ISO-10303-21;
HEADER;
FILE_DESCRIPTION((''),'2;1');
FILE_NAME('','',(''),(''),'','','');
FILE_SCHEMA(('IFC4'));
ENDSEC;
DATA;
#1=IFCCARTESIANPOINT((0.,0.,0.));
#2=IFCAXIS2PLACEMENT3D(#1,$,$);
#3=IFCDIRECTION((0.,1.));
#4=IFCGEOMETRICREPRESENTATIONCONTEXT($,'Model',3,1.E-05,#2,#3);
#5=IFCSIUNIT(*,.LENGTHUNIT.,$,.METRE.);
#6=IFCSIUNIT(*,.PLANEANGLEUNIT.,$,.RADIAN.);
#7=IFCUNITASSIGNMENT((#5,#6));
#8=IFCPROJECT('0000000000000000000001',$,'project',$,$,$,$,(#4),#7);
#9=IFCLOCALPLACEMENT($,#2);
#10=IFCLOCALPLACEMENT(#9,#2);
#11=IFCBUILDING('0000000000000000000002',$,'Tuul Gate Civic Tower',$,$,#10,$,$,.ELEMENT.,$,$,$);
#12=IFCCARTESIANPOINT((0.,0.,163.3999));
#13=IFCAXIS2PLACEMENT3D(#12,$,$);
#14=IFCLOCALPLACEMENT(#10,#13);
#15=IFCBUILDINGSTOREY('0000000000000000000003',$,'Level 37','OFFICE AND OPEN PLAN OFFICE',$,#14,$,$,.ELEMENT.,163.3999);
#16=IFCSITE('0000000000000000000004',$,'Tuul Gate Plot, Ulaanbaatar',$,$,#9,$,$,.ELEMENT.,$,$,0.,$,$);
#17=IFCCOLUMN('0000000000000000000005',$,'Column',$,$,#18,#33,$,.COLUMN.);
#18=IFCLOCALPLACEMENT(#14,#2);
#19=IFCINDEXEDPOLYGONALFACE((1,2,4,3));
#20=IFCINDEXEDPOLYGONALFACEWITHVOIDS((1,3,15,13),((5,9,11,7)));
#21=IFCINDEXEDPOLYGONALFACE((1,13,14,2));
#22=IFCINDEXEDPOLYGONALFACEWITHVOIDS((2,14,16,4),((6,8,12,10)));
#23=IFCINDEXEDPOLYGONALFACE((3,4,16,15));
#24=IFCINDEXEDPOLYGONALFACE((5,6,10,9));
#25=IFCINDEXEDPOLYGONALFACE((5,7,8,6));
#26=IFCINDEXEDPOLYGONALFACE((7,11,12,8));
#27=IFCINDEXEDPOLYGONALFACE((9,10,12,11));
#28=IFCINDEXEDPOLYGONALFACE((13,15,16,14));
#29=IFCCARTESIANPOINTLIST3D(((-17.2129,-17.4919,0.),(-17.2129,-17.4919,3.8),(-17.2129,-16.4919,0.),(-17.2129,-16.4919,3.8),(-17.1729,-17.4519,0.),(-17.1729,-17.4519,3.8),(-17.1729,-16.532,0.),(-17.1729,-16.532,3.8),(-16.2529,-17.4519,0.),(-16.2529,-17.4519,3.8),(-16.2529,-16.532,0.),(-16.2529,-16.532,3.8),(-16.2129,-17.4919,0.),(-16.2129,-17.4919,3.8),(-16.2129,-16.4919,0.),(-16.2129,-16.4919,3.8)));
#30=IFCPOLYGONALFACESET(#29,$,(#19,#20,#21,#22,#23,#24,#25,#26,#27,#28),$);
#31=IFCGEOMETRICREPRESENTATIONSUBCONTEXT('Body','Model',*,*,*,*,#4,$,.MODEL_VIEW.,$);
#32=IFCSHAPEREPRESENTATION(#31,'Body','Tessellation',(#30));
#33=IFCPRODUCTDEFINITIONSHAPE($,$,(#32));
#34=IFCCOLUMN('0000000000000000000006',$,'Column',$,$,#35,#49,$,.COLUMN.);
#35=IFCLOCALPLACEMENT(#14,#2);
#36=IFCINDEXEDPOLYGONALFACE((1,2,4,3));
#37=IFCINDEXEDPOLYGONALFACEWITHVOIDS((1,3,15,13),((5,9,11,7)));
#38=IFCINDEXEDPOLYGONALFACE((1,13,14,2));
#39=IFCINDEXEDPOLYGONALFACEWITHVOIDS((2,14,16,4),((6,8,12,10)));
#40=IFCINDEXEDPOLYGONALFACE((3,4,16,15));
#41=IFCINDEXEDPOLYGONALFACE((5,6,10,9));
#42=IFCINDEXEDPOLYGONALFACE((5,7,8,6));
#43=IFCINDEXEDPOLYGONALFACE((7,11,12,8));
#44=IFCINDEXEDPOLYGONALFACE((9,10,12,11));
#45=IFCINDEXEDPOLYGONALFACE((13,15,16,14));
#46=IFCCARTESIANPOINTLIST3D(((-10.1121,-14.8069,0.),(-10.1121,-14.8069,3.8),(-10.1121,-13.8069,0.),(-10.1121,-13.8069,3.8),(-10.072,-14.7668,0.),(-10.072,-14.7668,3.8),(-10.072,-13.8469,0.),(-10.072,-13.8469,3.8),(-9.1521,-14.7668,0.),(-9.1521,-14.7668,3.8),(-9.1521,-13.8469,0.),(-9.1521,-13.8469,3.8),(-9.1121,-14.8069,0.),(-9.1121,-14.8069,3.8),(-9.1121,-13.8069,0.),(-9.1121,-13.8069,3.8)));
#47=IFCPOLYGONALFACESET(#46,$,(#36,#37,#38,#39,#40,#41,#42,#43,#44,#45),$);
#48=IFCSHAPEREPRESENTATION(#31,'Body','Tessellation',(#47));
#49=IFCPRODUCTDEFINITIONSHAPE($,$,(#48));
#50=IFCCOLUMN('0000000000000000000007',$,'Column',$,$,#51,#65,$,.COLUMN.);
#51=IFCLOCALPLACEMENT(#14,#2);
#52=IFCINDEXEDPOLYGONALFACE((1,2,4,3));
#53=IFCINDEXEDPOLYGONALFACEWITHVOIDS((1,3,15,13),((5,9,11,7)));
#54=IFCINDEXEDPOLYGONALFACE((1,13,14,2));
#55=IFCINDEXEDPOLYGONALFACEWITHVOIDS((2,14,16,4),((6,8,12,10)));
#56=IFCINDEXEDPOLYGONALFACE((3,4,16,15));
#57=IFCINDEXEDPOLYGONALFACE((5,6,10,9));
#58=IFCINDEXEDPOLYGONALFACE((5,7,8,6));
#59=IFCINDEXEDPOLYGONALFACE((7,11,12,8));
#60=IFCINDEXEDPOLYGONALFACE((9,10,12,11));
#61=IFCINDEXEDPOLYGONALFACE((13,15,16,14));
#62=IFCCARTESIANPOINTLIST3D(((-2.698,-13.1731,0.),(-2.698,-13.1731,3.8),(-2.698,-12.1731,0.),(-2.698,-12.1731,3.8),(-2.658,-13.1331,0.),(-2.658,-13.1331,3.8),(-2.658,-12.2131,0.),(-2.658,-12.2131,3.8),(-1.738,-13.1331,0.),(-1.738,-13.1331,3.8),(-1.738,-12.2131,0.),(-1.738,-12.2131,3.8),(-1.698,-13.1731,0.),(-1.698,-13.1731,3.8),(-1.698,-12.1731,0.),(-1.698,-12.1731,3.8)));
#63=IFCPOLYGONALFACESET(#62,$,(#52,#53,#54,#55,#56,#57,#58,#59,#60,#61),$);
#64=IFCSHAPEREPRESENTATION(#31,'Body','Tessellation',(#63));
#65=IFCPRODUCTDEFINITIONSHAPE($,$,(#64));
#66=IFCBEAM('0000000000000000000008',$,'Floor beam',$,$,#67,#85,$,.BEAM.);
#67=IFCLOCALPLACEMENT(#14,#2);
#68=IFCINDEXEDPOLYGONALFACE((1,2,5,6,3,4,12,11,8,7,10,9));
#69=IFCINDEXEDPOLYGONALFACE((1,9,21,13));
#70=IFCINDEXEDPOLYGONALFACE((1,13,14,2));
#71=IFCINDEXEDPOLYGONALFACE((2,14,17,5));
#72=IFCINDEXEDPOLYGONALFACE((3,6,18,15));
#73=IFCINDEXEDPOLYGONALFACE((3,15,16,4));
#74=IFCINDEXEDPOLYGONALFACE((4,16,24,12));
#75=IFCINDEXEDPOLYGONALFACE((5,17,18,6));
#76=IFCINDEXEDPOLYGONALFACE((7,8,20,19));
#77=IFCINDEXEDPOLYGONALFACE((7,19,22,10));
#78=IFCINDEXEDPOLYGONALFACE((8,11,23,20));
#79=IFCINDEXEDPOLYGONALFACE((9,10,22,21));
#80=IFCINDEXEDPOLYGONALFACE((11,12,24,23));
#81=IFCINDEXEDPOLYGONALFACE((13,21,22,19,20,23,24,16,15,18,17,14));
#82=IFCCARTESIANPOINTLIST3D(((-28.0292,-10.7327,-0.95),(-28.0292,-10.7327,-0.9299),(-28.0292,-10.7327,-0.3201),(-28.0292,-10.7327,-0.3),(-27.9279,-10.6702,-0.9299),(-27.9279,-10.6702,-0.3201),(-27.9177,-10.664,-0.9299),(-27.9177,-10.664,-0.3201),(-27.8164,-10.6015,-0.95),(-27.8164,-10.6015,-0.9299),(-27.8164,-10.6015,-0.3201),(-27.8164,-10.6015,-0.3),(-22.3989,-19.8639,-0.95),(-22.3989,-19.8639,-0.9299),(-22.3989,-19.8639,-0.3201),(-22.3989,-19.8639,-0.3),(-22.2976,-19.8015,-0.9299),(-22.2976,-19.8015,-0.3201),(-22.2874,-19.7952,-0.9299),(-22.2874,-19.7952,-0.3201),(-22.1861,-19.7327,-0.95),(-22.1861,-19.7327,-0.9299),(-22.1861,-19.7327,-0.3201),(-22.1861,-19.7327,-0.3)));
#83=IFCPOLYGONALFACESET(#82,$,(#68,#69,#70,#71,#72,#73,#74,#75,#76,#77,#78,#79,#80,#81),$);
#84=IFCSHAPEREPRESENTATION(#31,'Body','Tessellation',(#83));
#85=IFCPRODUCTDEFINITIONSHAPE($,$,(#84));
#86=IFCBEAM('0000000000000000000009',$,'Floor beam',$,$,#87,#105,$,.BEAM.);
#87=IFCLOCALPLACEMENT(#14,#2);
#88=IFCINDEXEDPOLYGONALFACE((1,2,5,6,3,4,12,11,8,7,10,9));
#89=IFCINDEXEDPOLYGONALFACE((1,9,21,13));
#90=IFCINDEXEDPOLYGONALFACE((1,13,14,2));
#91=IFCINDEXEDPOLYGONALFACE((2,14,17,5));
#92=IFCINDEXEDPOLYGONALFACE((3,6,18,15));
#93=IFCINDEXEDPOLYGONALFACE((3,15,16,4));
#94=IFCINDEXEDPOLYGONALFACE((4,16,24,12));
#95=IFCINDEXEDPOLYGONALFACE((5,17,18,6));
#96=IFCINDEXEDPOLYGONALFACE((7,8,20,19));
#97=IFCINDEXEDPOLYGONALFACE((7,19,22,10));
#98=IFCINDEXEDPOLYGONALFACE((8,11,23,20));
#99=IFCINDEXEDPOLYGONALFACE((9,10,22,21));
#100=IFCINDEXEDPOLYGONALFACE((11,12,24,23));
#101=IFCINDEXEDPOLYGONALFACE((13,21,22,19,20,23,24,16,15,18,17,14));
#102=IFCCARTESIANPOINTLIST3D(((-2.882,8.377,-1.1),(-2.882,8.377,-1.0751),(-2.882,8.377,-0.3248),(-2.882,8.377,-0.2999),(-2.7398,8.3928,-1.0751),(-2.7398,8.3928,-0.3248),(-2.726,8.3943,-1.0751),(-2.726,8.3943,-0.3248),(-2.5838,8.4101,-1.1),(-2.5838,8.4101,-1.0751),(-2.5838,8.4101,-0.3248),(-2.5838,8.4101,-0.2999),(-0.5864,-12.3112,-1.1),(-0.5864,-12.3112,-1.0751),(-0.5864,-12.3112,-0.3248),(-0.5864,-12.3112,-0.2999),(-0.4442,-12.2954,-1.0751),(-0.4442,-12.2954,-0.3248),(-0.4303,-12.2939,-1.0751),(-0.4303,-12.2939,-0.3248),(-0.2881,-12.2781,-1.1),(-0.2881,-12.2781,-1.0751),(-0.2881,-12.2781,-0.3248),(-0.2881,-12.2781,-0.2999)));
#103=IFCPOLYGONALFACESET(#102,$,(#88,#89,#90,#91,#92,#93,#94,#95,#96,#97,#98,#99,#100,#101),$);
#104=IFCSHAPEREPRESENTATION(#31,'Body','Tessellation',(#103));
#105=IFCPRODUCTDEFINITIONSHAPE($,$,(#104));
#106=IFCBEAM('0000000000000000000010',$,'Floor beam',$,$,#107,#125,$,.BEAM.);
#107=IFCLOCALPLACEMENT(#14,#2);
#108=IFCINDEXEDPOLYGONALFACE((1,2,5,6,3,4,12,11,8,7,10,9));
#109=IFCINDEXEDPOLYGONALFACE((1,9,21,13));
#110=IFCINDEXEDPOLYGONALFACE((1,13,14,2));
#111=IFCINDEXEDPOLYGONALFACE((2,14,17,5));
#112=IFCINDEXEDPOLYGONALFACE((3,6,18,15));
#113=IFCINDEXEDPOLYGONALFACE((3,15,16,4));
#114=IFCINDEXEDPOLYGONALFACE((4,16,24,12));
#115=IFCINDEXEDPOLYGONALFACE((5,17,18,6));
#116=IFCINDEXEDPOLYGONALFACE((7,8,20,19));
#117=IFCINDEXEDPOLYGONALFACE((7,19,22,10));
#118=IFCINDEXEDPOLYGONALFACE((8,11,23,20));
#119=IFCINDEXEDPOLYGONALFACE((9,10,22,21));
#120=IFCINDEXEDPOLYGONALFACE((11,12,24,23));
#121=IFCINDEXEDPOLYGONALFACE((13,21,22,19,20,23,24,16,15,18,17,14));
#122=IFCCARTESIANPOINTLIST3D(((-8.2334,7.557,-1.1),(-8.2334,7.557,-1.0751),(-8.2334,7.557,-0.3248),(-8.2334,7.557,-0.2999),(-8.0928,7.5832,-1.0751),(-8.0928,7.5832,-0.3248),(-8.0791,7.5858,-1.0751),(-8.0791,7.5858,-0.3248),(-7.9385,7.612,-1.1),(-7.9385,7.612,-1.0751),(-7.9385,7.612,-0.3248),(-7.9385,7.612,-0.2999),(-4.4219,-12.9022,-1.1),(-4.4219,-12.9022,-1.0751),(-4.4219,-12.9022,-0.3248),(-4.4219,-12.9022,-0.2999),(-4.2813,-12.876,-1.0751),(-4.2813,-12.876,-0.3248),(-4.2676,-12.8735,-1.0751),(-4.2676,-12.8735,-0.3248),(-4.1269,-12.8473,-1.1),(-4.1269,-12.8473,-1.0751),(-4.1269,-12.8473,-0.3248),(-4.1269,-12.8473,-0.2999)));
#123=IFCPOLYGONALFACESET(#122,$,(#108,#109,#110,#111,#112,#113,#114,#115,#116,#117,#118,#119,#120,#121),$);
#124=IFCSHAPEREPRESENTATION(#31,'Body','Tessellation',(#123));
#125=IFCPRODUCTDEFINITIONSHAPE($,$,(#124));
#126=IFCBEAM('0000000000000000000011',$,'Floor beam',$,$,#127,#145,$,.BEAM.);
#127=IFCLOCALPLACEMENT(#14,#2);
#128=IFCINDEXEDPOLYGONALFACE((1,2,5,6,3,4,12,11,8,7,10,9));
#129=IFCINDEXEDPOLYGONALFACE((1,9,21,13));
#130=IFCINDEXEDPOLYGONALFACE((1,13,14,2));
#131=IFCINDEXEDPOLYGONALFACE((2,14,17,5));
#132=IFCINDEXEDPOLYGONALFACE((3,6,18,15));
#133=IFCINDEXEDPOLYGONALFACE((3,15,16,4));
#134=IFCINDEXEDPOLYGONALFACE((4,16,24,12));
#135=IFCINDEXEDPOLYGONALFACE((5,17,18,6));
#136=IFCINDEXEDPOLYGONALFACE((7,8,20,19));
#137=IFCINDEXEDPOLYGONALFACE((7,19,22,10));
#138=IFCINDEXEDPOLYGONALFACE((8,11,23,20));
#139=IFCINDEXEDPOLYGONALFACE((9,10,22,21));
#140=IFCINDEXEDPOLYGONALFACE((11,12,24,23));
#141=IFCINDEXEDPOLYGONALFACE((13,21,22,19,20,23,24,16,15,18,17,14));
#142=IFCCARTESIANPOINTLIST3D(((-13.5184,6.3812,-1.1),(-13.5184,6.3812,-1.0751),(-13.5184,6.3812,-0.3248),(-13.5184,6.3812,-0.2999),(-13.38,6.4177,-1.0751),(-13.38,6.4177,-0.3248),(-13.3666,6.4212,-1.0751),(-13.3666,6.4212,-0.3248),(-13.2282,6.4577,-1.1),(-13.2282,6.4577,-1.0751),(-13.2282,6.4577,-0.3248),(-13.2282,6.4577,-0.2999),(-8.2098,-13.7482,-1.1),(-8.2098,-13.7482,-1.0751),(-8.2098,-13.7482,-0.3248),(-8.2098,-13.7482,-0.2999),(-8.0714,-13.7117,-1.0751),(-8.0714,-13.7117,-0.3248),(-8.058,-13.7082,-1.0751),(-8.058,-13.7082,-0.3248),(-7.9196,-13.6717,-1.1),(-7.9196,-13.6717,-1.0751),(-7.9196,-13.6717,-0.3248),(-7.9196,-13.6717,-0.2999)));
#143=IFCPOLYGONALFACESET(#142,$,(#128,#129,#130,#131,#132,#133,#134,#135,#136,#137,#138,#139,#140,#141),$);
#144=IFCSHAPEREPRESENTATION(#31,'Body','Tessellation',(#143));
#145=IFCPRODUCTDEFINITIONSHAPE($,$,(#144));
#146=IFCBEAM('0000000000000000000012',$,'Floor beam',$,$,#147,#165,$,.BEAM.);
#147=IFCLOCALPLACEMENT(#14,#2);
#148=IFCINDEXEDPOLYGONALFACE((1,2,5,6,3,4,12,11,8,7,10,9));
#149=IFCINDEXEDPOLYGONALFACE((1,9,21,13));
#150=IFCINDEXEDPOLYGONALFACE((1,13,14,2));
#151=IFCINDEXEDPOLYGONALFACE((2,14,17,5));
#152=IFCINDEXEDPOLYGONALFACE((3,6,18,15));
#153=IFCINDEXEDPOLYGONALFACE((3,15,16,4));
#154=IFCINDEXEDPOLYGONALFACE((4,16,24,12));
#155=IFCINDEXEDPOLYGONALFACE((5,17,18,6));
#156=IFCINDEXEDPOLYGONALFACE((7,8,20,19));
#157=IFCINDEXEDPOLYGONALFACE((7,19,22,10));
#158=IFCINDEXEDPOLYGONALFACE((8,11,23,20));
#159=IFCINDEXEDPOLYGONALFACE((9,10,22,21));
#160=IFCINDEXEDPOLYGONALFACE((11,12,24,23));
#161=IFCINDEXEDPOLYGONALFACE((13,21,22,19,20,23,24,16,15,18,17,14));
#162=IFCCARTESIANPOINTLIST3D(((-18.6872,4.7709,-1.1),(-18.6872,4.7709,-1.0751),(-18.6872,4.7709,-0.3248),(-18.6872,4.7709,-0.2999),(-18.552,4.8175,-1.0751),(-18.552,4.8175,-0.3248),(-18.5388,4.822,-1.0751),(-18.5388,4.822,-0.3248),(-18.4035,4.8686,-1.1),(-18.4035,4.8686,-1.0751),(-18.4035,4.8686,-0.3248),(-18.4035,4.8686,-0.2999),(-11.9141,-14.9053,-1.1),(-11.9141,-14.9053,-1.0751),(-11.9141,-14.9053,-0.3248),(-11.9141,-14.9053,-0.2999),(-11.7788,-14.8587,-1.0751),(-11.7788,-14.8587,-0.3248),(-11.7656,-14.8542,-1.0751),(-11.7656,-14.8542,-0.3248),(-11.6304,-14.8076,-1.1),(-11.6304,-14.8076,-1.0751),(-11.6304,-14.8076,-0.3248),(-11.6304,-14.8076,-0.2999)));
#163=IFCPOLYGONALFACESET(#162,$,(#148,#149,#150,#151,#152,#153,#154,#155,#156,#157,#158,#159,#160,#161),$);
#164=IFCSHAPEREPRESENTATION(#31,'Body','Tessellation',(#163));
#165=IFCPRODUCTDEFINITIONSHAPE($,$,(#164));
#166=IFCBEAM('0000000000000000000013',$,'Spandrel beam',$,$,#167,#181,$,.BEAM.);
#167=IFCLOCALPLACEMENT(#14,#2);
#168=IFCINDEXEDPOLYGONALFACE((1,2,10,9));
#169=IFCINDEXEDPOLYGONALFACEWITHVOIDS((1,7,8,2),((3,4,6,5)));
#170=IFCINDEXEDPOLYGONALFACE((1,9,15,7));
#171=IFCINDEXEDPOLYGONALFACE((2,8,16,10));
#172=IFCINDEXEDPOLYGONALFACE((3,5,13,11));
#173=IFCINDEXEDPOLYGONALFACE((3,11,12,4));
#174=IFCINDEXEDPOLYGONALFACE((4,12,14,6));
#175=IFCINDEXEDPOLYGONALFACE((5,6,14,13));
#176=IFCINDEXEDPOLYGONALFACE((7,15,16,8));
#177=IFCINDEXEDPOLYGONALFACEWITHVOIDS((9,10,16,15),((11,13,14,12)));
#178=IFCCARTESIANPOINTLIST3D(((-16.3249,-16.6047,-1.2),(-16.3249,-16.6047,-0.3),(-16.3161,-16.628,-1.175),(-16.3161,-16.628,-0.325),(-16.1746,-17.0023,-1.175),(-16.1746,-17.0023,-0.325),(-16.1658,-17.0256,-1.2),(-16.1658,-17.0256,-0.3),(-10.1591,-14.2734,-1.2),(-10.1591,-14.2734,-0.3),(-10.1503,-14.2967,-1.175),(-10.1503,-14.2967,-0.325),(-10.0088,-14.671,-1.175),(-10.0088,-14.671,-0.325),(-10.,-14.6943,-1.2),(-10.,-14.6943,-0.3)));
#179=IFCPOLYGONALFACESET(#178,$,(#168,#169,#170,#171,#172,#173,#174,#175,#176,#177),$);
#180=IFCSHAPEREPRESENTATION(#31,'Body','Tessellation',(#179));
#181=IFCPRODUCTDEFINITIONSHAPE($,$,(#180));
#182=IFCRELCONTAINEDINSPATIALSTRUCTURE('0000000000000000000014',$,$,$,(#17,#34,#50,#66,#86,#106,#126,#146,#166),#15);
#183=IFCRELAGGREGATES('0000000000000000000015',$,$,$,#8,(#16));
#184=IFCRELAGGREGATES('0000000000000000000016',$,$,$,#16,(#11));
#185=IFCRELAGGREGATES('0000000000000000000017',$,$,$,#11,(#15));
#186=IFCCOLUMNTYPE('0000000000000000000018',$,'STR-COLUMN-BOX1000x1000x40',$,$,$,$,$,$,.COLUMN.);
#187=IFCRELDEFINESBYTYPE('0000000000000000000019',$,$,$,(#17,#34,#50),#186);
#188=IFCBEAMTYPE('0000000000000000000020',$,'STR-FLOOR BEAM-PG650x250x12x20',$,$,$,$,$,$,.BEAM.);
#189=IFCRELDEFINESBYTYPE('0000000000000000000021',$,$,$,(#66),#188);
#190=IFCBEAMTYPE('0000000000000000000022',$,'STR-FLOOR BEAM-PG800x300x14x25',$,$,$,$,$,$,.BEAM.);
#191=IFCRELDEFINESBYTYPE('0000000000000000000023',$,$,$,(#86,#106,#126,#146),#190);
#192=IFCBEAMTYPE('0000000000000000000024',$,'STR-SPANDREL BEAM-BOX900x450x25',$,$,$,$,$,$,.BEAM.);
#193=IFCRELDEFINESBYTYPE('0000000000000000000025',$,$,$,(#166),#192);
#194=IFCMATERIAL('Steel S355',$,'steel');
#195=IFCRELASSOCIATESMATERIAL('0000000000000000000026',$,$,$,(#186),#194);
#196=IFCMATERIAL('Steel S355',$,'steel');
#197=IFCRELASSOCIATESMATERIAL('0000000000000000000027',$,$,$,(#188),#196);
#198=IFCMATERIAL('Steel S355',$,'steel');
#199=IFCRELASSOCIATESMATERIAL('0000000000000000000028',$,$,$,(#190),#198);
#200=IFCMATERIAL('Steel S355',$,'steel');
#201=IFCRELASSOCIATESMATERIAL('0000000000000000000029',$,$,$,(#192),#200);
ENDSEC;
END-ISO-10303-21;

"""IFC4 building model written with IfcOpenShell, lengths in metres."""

from ifc_helpers import new_model, si_unit, direction, frame, origin, origin_2d, place, context, subcontext, project, spatial, hollow_rectangle, i_section, extrude, material, material_profile, profile_set, type_object, element, save


model = new_model("IFC4")

# Units and contexts
model_context = context("Model", 3, precision=1e-05, world=origin(), true_north=direction((0.0, 1.0)))
body_context = subcontext(model_context, "Body", "Model", "MODEL_VIEW")
ifc_project = project(units=[si_unit("LENGTHUNIT", "METRE"), si_unit("PLANEANGLEUNIT", "RADIAN")], contexts=[model_context])

# Site, building, storey
site_placement = place(None, origin())
site = spatial("IfcSite", under=ifc_project, at=site_placement, Name="Tuul Gate Plot, Ulaanbaatar", CompositionType="ELEMENT", RefElevation=0.0)
building_placement = place(site_placement, origin())
building = spatial("IfcBuilding", under=site, at=building_placement, Name="Tuul Gate Civic Tower", CompositionType="ELEMENT")
storey_placement = place(building_placement, frame((0.0, 0.0, 163.3999)))
storey = spatial("IfcBuildingStorey", under=building, at=storey_placement, Name="Level 37", Description="OFFICE AND OPEN PLAN OFFICE", CompositionType="ELEMENT", Elevation=163.3999)

# Columns
ifc_material_1 = material(Name="Steel S355", Category="steel")
ifc_material_profile_1 = material_profile(ifc_material_1, hollow_rectangle(XDim=1.0, YDim=1.0, WallThickness=0.04, at=origin_2d()), Name="BOX1000x1000x40")
ifc_profile_set_1 = profile_set([ifc_material_profile_1], Name="Steel S355")
column_type = type_object("IfcColumnType", Name="STR-COLUMN-BOX1000x1000x40", PredefinedType="COLUMN", material=ifc_profile_set_1)
for number, where, z_axis, x_axis, name in (
    (1, (-16.7129, -16.9919, 0.0), (0.0, 0.0, 1.0), (1.0, 0.0, 0.0), "Column"),
    (2, (-9.6121, -14.3069, 0.0), (0.0, 0.0, 1.0), (1.0, 0.0, 0.0), "Column"),
    (3, (-2.198, -12.6731, 0.0), (0.0, 0.0, 1.0), (1.0, 0.0, 0.0), "Column"),
):
    element("IfcColumn", number, at=place(storey_placement, frame(where, z_axis=z_axis, x_axis=x_axis)), inside=storey, type_object=column_type, Name=name, PredefinedType="COLUMN", context=body_context, shape_type="SweptSolid", body=[
        extrude(hollow_rectangle(XDim=1.0, YDim=1.0, WallThickness=0.04, at=origin_2d()), origin(), (0.0, 0.0, 1.0), 3.8),
    ])

# Beams
ifc_material_2 = material(Name="Steel S355", Category="steel")
ifc_material_profile_2 = material_profile(ifc_material_2, i_section(OverallWidth=0.25, OverallDepth=0.6499, WebThickness=0.012, FlangeThickness=0.02, at=origin_2d()), Name="PG650x250x12x20")
ifc_profile_set_2 = profile_set([ifc_material_profile_2], Name="Steel S355")
beam_type_1 = type_object("IfcBeamType", Name="STR-FLOOR BEAM-PG650x250x12x20", PredefinedType="BEAM", material=ifc_profile_set_2)
beam_1_placement = place(storey_placement, frame((-22.2925, -19.7983, -0.625), z_axis=(-0.524846, 0.851197, 0.0), x_axis=(-0.851197, -0.524846, 0.0)))
element("IfcBeam", 4, at=beam_1_placement, inside=storey, type_object=beam_type_1, Name="Floor beam", PredefinedType="BEAM", context=body_context, shape_type="SweptSolid", body=[
    extrude(i_section(OverallWidth=0.25, OverallDepth=0.6499, WebThickness=0.012, FlangeThickness=0.02, at=origin_2d()), origin(), (0.0, 0.0, 1.0), 10.7275),
])
ifc_material_3 = material(Name="Steel S355", Category="steel")
ifc_material_profile_3 = material_profile(ifc_material_3, i_section(OverallWidth=0.3, OverallDepth=0.8, WebThickness=0.0139, FlangeThickness=0.0249, at=origin_2d()), Name="PG800x300x14x25")
ifc_profile_set_3 = profile_set([ifc_material_profile_3], Name="Steel S355")
beam_type_2 = type_object("IfcBeamType", Name="STR-FLOOR BEAM-PG800x300x14x25", PredefinedType="BEAM", material=ifc_profile_set_3)
beam_2_placement = place(storey_placement, frame((-0.4373, -12.2947, -0.7), z_axis=(-0.110287, 0.9939, 0.0), x_axis=(-0.9939, -0.110287, 0.0)))
element("IfcBeam", 5, at=beam_2_placement, inside=storey, type_object=beam_type_2, Name="Floor beam", PredefinedType="BEAM", context=body_context, shape_type="SweptSolid", body=[
    extrude(i_section(OverallWidth=0.3, OverallDepth=0.8, WebThickness=0.0139, FlangeThickness=0.0249, at=origin_2d()), origin(), (0.0, 0.0, 1.0), 20.8152),
])
beam_3_placement = place(storey_placement, frame((-4.2744, -12.8748, -0.7), z_axis=(-0.183147, 0.983085, 0.0), x_axis=(-0.983085, -0.183147, 0.0)))
element("IfcBeam", 6, at=beam_3_placement, inside=storey, type_object=beam_type_2, Name="Floor beam", PredefinedType="BEAM", context=body_context, shape_type="SweptSolid", body=[
    extrude(i_section(OverallWidth=0.3, OverallDepth=0.8, WebThickness=0.0139, FlangeThickness=0.0249, at=origin_2d()), origin(), (0.0, 0.0, 1.0), 20.8113),
])
beam_4_placement = place(storey_placement, frame((-8.0647, -13.71, -0.7), z_axis=(-0.255005, 0.96694, 0.0), x_axis=(-0.96694, -0.255005, 0.0)))
element("IfcBeam", 7, at=beam_4_placement, inside=storey, type_object=beam_type_2, Name="Floor beam", PredefinedType="BEAM", context=body_context, shape_type="SweptSolid", body=[
    extrude(i_section(OverallWidth=0.3, OverallDepth=0.8, WebThickness=0.0139, FlangeThickness=0.0249, at=origin_2d()), origin(), (0.0, 0.0, 1.0), 20.8176),
])
beam_5_placement = place(storey_placement, frame((-11.7722, -14.8564, -0.7), z_axis=(-0.325487, 0.945547, 0.0), x_axis=(-0.945547, -0.325487, 0.0)))
element("IfcBeam", 8, at=beam_5_placement, inside=storey, type_object=beam_type_2, Name="Floor beam", PredefinedType="BEAM", context=body_context, shape_type="SweptSolid", body=[
    extrude(i_section(OverallWidth=0.3, OverallDepth=0.8, WebThickness=0.0139, FlangeThickness=0.0249, at=origin_2d()), origin(), (0.0, 0.0, 1.0), 20.8093),
])
ifc_material_4 = material(Name="Steel S355", Category="steel")
ifc_material_profile_4 = material_profile(ifc_material_4, hollow_rectangle(XDim=0.45, YDim=0.8999, WallThickness=0.0249, at=origin_2d()), Name="BOX900x450x25")
ifc_profile_set_4 = profile_set([ifc_material_profile_4], Name="Steel S355")
beam_type_3 = type_object("IfcBeamType", Name="STR-SPANDREL BEAM-BOX900x450x25", PredefinedType="BEAM", material=ifc_profile_set_4)
beam_6_placement = place(storey_placement, frame((-16.2454, -16.8152, -0.75), z_axis=(0.935371, 0.353667, 0.0), x_axis=(-0.353667, 0.935371, 0.0)))
element("IfcBeam", 9, at=beam_6_placement, inside=storey, type_object=beam_type_3, Name="Spandrel beam", PredefinedType="BEAM", context=body_context, shape_type="SweptSolid", body=[
    extrude(hollow_rectangle(XDim=0.45, YDim=0.8999, WallThickness=0.0249, at=origin_2d()), origin(), (0.0, 0.0, 1.0), 6.5918),
])

save(model, "model.ifc")
